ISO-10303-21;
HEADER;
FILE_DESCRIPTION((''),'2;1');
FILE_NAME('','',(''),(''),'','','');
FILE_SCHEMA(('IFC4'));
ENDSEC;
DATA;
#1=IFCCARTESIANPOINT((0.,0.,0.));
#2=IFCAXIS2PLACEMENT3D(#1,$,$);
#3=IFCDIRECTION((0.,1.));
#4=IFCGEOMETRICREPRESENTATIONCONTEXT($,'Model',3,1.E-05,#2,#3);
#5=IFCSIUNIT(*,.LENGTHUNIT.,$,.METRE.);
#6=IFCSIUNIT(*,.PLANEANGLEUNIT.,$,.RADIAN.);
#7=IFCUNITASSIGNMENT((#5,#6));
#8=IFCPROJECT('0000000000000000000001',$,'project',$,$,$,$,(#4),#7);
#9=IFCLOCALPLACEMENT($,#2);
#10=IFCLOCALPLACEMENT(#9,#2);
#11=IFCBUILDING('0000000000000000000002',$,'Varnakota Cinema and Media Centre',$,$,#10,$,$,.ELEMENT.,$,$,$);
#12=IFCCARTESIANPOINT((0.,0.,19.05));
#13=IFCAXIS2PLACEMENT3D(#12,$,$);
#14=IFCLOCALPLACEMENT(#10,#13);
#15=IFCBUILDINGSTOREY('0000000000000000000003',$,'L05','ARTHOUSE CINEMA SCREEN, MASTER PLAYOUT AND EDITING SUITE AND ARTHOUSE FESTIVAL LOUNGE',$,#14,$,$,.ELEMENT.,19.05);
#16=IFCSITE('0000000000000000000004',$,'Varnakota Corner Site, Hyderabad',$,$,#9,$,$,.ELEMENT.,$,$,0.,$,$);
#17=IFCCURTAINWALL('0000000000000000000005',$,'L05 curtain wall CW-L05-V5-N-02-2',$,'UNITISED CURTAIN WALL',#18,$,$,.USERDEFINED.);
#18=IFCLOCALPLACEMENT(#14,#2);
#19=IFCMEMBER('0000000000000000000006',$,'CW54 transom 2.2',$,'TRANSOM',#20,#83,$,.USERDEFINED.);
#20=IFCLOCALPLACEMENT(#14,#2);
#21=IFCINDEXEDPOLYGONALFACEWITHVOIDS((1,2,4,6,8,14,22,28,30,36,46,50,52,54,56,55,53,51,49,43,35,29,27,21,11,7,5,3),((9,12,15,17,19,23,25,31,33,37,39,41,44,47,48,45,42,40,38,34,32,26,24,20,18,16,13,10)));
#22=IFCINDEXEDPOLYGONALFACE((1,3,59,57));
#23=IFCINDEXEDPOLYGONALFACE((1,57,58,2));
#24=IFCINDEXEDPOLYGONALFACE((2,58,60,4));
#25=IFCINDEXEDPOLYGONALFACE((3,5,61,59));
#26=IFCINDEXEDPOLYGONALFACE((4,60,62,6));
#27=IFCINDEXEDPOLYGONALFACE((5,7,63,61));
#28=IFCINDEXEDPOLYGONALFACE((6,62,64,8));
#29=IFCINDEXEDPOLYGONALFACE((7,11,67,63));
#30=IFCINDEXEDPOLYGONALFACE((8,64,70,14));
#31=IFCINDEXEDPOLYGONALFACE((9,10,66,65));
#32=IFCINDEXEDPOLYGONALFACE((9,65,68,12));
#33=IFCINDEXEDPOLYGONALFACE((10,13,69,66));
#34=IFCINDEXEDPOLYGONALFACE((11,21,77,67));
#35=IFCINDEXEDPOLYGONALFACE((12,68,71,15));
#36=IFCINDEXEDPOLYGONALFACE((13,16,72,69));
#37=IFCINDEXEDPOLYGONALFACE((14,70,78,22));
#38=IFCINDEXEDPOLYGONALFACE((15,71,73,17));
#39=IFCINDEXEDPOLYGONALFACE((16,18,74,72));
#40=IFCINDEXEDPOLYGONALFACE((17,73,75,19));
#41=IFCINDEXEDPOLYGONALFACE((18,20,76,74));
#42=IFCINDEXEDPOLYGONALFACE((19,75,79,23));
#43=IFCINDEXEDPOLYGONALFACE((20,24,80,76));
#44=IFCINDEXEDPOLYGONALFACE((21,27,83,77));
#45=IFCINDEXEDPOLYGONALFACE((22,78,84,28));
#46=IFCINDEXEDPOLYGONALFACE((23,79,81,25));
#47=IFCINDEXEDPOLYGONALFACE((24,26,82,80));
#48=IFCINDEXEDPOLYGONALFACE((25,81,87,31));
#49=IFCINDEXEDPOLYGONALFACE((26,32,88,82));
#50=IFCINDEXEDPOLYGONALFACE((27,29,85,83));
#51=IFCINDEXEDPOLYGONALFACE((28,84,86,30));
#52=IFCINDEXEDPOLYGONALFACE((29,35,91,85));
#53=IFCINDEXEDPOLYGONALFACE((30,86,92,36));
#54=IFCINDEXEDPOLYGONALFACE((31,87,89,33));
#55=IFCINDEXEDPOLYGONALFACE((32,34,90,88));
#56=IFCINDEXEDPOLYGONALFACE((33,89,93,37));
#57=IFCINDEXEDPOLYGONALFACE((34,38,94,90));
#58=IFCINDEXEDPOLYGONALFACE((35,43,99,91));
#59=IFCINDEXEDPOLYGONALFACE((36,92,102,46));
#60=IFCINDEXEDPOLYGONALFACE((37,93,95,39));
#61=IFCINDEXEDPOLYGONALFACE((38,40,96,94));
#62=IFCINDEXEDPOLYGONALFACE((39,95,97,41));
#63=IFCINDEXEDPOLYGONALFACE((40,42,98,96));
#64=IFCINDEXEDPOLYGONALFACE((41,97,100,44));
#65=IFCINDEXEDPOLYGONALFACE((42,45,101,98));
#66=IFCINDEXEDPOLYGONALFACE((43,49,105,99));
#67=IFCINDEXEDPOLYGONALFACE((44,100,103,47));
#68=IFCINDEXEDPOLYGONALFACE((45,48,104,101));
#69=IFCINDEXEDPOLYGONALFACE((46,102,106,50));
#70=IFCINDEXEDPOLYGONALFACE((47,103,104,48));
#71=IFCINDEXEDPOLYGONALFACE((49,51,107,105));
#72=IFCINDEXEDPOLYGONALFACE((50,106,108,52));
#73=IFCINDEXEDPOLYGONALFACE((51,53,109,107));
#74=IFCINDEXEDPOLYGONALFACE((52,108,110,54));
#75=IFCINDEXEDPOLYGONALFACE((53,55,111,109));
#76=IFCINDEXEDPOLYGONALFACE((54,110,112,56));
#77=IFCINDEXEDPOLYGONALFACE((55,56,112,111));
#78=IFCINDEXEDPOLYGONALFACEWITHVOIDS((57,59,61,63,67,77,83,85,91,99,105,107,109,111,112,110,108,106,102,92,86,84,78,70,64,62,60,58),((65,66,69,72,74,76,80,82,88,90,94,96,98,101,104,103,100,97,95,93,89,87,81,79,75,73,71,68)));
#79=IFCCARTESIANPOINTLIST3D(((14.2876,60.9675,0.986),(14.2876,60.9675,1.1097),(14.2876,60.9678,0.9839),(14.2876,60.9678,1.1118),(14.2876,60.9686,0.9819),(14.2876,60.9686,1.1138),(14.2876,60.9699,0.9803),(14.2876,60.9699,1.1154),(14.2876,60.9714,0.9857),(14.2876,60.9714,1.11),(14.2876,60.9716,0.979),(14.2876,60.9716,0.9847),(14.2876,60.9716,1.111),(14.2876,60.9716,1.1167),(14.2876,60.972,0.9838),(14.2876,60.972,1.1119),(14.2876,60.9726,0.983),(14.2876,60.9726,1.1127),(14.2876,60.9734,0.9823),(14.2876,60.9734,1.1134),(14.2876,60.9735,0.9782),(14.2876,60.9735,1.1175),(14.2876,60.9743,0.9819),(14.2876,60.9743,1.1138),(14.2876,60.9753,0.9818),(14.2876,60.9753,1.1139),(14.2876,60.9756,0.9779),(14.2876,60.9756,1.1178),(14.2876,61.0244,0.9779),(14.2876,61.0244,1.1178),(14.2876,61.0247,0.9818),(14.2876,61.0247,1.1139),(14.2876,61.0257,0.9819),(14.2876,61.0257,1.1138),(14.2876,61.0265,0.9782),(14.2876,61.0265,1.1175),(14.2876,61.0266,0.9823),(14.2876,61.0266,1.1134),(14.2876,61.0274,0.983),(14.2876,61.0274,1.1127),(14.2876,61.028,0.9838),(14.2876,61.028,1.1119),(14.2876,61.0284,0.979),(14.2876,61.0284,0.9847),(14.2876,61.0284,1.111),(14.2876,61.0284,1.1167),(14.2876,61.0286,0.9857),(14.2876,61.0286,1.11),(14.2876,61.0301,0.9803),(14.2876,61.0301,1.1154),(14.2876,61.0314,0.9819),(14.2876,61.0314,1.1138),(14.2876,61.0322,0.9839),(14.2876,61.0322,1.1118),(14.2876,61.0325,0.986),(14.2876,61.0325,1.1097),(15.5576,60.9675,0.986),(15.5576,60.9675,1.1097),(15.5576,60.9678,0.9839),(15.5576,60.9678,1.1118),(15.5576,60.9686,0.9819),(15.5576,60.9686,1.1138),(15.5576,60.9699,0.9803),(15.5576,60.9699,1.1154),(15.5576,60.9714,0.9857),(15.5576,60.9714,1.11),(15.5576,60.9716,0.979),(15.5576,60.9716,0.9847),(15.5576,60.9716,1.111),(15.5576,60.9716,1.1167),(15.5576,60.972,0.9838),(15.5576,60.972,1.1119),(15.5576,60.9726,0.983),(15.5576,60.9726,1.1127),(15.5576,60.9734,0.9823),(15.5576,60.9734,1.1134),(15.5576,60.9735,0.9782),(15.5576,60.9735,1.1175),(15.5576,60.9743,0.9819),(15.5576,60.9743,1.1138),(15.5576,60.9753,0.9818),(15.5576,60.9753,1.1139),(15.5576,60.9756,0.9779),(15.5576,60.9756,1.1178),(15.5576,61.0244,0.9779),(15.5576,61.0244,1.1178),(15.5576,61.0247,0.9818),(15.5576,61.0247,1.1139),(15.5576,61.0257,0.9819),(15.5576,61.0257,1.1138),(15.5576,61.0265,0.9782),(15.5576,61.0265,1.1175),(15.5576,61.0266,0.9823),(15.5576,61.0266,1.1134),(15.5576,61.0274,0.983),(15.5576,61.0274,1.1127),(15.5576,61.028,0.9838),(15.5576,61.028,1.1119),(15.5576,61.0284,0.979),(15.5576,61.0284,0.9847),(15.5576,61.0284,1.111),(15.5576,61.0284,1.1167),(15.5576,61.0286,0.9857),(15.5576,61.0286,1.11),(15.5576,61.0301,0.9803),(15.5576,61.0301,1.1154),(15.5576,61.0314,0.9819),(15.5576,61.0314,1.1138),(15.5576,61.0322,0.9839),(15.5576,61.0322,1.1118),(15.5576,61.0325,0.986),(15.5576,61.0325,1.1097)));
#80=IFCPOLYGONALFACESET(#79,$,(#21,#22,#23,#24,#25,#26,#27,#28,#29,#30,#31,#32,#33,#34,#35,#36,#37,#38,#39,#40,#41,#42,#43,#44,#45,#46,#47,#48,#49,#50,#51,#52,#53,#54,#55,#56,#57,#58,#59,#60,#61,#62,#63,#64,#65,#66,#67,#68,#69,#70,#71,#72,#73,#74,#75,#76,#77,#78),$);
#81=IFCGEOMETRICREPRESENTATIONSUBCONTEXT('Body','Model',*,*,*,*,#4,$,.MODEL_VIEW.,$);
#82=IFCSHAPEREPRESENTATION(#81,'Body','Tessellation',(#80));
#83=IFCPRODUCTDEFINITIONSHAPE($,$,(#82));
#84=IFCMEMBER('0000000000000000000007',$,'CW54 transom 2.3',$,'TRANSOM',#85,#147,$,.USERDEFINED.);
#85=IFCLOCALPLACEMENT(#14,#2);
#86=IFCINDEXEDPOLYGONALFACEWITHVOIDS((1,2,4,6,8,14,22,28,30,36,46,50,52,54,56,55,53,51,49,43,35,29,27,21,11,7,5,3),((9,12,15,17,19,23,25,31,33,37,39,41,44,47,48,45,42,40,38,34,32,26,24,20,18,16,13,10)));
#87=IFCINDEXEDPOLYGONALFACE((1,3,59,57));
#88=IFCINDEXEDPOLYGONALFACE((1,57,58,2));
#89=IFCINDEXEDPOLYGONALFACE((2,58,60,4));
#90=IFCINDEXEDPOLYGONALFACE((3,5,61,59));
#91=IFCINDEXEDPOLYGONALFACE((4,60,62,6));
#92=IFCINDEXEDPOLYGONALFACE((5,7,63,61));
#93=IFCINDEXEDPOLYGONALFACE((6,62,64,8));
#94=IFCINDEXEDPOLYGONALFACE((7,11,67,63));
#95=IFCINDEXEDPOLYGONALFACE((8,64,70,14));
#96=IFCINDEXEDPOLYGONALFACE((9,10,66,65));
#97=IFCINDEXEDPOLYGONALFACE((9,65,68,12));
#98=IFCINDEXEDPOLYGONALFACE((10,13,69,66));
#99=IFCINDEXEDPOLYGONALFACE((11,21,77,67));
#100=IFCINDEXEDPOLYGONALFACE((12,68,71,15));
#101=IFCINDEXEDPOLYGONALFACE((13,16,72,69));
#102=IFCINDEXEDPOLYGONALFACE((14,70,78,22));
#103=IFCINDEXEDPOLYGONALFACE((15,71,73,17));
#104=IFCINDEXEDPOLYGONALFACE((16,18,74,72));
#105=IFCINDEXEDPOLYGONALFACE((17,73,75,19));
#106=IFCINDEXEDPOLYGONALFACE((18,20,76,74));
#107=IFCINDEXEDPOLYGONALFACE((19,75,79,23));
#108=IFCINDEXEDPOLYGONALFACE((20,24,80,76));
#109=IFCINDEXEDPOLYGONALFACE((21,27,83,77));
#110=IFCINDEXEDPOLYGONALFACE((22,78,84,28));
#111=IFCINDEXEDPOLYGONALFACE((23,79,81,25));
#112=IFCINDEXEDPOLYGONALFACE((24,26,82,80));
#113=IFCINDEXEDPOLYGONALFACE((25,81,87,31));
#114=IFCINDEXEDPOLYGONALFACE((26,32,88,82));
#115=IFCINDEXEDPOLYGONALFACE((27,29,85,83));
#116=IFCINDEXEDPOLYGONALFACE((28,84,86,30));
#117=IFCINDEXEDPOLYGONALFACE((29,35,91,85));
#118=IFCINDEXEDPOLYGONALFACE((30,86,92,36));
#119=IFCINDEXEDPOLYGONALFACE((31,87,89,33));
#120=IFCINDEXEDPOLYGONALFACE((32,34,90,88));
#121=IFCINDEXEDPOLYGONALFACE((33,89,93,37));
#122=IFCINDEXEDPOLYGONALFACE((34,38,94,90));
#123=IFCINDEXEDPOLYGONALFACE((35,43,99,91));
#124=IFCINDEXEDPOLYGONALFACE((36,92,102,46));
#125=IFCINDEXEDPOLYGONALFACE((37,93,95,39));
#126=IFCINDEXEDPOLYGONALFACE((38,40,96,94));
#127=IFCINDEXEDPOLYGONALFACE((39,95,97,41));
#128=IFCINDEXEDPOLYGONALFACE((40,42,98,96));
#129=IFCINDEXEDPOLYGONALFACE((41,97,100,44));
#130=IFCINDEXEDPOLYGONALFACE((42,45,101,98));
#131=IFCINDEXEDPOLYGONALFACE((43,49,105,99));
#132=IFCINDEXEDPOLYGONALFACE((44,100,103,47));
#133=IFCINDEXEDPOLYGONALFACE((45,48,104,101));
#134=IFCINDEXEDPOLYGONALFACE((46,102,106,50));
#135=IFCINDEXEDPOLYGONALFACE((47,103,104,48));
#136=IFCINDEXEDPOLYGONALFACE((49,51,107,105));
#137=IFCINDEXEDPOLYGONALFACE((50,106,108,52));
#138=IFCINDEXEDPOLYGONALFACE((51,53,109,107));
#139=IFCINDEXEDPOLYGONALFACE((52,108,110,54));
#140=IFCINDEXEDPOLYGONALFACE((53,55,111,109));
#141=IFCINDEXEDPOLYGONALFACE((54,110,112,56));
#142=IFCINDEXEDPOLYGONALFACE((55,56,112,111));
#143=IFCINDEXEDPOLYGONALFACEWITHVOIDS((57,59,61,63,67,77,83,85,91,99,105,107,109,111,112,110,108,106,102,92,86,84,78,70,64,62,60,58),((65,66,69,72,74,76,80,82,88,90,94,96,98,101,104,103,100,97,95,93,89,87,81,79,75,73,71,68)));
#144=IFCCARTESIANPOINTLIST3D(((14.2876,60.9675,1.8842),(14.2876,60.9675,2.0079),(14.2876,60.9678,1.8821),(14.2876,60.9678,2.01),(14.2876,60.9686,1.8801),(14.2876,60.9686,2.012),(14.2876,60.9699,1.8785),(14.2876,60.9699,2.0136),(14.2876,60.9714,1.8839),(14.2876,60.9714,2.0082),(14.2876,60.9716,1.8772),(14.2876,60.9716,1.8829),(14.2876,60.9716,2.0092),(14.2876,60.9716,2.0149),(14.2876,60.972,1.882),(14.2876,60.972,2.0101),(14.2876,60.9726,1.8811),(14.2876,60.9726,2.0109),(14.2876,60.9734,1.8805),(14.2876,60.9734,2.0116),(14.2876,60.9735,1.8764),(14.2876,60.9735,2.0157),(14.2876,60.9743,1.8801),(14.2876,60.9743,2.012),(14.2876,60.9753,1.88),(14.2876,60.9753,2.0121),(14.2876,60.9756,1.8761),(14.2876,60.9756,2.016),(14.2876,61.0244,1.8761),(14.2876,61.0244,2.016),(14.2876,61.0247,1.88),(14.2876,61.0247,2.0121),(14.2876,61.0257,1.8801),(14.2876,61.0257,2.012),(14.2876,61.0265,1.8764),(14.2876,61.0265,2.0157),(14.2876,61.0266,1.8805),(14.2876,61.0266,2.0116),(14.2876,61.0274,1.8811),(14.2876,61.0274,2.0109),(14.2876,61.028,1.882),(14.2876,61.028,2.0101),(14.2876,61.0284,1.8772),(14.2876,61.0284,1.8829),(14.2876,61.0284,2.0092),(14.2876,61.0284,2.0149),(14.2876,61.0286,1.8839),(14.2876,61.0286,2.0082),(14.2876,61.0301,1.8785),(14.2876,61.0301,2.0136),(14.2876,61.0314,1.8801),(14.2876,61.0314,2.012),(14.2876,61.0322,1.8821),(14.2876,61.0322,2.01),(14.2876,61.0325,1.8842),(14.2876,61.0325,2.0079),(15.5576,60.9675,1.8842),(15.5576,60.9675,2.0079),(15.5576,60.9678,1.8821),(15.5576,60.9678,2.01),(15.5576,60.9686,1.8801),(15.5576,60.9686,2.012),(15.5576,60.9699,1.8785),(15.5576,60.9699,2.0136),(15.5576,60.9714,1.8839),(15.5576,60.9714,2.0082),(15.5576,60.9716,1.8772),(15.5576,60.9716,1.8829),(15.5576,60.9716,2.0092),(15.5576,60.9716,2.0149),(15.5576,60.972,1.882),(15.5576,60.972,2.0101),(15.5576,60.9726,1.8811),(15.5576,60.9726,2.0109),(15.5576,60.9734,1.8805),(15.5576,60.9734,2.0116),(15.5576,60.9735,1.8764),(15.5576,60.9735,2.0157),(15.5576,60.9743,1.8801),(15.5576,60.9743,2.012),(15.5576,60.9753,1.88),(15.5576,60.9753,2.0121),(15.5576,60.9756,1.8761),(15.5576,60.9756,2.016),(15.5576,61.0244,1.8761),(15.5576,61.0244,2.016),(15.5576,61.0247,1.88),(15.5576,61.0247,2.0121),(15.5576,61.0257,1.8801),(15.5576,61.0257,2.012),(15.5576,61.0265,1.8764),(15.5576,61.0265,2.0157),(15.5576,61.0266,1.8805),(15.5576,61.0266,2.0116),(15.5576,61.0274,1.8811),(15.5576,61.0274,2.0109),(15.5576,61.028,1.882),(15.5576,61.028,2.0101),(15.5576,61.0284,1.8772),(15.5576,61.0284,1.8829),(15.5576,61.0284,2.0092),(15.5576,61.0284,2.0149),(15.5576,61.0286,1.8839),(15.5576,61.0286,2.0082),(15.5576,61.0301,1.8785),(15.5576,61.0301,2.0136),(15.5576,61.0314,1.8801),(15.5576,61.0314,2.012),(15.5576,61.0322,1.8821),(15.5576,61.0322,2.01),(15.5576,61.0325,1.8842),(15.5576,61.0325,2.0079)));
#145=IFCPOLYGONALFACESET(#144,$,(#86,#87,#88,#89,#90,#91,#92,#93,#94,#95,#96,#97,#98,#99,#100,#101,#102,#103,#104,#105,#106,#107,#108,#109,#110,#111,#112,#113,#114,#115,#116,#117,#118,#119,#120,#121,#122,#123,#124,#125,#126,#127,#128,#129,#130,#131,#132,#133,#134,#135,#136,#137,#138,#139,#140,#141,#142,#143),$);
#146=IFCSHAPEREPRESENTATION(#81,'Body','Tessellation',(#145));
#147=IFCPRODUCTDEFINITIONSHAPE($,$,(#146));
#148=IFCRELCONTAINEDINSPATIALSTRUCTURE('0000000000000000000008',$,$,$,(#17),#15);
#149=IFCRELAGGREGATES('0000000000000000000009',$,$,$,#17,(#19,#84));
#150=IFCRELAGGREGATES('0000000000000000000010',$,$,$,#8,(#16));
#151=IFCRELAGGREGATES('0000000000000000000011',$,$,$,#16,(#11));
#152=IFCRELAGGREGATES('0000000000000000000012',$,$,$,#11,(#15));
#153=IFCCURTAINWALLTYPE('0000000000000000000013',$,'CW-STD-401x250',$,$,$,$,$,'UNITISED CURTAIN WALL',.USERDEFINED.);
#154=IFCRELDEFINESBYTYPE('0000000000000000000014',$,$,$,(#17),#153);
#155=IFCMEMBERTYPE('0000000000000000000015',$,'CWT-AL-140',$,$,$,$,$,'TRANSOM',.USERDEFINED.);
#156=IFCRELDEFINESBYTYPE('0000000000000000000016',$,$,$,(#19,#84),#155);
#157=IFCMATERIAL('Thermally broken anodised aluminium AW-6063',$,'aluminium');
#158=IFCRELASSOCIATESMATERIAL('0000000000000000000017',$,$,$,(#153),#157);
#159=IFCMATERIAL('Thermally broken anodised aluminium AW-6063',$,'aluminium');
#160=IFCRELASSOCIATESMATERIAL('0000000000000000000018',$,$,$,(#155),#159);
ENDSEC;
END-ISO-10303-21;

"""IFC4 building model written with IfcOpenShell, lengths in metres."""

from ifc_helpers import new_model, si_unit, direction, frame, origin, origin_2d, place, context, subcontext, project, spatial, hollow_rectangle, extrude, material, material_profile, profile_set, type_object, element, aggregate, save


model = new_model("IFC4")

# Units and contexts
model_context = context("Model", 3, precision=1e-05, world=origin(), true_north=direction((0.0, 1.0)))
body_context = subcontext(model_context, "Body", "Model", "MODEL_VIEW")
ifc_project = project(units=[si_unit("LENGTHUNIT", "METRE"), si_unit("PLANEANGLEUNIT", "RADIAN")], contexts=[model_context])

# Site, building, storey
site_placement = place(None, origin())
site = spatial("IfcSite", under=ifc_project, at=site_placement, Name="Varnakota Corner Site, Hyderabad", CompositionType="ELEMENT", RefElevation=0.0)
building_placement = place(site_placement, origin())
building = spatial("IfcBuilding", under=site, at=building_placement, Name="Varnakota Cinema and Media Centre", CompositionType="ELEMENT")
storey_placement = place(building_placement, frame((0.0, 0.0, 19.05)))
storey = spatial("IfcBuildingStorey", under=building, at=storey_placement, Name="L05", Description="ARTHOUSE CINEMA SCREEN, MASTER PLAYOUT AND EDITING SUITE AND ARTHOUSE FESTIVAL LOUNGE", CompositionType="ELEMENT", Elevation=19.05)

# Curtain wall, members
ifc_material_1 = material(Name="Thermally broken anodised aluminium AW-6063", Category="aluminium")
curtain_wall_type = type_object("IfcCurtainWallType", Name="CW-STD-401x250", ElementType="UNITISED CURTAIN WALL", PredefinedType="USERDEFINED", material=ifc_material_1)
curtain_wall_placement = place(storey_placement, origin())
curtain_wall = element("IfcCurtainWall", 1, at=curtain_wall_placement, inside=storey, type_object=curtain_wall_type, Name="L05 curtain wall CW-L05-V5-N-02-2", ObjectType="UNITISED CURTAIN WALL", PredefinedType="USERDEFINED")
ifc_material_2 = material(Name="Thermally broken anodised aluminium AW-6063", Category="aluminium")
ifc_material_profile_1 = material_profile(ifc_material_2, hollow_rectangle(XDim=0.0649, YDim=0.1399, WallThickness=0.0039, InnerFilletRadius=0.0039, OuterFilletRadius=0.0081, at=origin_2d()), Name="AL-TRANSOM 140x65x4")
ifc_profile_set_1 = profile_set([ifc_material_profile_1], Name="Thermally broken anodised aluminium AW-6063")
member_type_1 = type_object("IfcMemberType", Name="CWT-AL-140", ElementType="TRANSOM", PredefinedType="USERDEFINED", material=ifc_profile_set_1)
member_1_placement = place(storey_placement, frame((14.2876, 61.0, 1.0479), z_axis=(1.0, 0.0, 0.0), x_axis=(0.0, 1.0, 0.0)))
member_1 = element("IfcMember", 2, at=member_1_placement, type_object=member_type_1, Name="CW54 transom 2.2", ObjectType="TRANSOM", PredefinedType="USERDEFINED", context=body_context, shape_type="SweptSolid", body=[
    extrude(hollow_rectangle(XDim=0.0649, YDim=0.1399, WallThickness=0.0039, InnerFilletRadius=0.0039, OuterFilletRadius=0.0081, at=origin_2d()), origin(), (0.0, 0.0, 1.0), 1.27),
])
member_2_placement = place(storey_placement, frame((14.2876, 61.0, 1.946), z_axis=(1.0, 0.0, 0.0), x_axis=(0.0, 1.0, 0.0)))
member_2 = element("IfcMember", 3, at=member_2_placement, type_object=member_type_1, Name="CW54 transom 2.3", ObjectType="TRANSOM", PredefinedType="USERDEFINED", context=body_context, shape_type="SweptSolid", body=[
    extrude(hollow_rectangle(XDim=0.0649, YDim=0.1399, WallThickness=0.0039, InnerFilletRadius=0.0039, OuterFilletRadius=0.0081, at=origin_2d()), origin(), (0.0, 0.0, 1.0), 1.27),
])
aggregate(curtain_wall, [member_1, member_2])

save(model, "model.ifc")
